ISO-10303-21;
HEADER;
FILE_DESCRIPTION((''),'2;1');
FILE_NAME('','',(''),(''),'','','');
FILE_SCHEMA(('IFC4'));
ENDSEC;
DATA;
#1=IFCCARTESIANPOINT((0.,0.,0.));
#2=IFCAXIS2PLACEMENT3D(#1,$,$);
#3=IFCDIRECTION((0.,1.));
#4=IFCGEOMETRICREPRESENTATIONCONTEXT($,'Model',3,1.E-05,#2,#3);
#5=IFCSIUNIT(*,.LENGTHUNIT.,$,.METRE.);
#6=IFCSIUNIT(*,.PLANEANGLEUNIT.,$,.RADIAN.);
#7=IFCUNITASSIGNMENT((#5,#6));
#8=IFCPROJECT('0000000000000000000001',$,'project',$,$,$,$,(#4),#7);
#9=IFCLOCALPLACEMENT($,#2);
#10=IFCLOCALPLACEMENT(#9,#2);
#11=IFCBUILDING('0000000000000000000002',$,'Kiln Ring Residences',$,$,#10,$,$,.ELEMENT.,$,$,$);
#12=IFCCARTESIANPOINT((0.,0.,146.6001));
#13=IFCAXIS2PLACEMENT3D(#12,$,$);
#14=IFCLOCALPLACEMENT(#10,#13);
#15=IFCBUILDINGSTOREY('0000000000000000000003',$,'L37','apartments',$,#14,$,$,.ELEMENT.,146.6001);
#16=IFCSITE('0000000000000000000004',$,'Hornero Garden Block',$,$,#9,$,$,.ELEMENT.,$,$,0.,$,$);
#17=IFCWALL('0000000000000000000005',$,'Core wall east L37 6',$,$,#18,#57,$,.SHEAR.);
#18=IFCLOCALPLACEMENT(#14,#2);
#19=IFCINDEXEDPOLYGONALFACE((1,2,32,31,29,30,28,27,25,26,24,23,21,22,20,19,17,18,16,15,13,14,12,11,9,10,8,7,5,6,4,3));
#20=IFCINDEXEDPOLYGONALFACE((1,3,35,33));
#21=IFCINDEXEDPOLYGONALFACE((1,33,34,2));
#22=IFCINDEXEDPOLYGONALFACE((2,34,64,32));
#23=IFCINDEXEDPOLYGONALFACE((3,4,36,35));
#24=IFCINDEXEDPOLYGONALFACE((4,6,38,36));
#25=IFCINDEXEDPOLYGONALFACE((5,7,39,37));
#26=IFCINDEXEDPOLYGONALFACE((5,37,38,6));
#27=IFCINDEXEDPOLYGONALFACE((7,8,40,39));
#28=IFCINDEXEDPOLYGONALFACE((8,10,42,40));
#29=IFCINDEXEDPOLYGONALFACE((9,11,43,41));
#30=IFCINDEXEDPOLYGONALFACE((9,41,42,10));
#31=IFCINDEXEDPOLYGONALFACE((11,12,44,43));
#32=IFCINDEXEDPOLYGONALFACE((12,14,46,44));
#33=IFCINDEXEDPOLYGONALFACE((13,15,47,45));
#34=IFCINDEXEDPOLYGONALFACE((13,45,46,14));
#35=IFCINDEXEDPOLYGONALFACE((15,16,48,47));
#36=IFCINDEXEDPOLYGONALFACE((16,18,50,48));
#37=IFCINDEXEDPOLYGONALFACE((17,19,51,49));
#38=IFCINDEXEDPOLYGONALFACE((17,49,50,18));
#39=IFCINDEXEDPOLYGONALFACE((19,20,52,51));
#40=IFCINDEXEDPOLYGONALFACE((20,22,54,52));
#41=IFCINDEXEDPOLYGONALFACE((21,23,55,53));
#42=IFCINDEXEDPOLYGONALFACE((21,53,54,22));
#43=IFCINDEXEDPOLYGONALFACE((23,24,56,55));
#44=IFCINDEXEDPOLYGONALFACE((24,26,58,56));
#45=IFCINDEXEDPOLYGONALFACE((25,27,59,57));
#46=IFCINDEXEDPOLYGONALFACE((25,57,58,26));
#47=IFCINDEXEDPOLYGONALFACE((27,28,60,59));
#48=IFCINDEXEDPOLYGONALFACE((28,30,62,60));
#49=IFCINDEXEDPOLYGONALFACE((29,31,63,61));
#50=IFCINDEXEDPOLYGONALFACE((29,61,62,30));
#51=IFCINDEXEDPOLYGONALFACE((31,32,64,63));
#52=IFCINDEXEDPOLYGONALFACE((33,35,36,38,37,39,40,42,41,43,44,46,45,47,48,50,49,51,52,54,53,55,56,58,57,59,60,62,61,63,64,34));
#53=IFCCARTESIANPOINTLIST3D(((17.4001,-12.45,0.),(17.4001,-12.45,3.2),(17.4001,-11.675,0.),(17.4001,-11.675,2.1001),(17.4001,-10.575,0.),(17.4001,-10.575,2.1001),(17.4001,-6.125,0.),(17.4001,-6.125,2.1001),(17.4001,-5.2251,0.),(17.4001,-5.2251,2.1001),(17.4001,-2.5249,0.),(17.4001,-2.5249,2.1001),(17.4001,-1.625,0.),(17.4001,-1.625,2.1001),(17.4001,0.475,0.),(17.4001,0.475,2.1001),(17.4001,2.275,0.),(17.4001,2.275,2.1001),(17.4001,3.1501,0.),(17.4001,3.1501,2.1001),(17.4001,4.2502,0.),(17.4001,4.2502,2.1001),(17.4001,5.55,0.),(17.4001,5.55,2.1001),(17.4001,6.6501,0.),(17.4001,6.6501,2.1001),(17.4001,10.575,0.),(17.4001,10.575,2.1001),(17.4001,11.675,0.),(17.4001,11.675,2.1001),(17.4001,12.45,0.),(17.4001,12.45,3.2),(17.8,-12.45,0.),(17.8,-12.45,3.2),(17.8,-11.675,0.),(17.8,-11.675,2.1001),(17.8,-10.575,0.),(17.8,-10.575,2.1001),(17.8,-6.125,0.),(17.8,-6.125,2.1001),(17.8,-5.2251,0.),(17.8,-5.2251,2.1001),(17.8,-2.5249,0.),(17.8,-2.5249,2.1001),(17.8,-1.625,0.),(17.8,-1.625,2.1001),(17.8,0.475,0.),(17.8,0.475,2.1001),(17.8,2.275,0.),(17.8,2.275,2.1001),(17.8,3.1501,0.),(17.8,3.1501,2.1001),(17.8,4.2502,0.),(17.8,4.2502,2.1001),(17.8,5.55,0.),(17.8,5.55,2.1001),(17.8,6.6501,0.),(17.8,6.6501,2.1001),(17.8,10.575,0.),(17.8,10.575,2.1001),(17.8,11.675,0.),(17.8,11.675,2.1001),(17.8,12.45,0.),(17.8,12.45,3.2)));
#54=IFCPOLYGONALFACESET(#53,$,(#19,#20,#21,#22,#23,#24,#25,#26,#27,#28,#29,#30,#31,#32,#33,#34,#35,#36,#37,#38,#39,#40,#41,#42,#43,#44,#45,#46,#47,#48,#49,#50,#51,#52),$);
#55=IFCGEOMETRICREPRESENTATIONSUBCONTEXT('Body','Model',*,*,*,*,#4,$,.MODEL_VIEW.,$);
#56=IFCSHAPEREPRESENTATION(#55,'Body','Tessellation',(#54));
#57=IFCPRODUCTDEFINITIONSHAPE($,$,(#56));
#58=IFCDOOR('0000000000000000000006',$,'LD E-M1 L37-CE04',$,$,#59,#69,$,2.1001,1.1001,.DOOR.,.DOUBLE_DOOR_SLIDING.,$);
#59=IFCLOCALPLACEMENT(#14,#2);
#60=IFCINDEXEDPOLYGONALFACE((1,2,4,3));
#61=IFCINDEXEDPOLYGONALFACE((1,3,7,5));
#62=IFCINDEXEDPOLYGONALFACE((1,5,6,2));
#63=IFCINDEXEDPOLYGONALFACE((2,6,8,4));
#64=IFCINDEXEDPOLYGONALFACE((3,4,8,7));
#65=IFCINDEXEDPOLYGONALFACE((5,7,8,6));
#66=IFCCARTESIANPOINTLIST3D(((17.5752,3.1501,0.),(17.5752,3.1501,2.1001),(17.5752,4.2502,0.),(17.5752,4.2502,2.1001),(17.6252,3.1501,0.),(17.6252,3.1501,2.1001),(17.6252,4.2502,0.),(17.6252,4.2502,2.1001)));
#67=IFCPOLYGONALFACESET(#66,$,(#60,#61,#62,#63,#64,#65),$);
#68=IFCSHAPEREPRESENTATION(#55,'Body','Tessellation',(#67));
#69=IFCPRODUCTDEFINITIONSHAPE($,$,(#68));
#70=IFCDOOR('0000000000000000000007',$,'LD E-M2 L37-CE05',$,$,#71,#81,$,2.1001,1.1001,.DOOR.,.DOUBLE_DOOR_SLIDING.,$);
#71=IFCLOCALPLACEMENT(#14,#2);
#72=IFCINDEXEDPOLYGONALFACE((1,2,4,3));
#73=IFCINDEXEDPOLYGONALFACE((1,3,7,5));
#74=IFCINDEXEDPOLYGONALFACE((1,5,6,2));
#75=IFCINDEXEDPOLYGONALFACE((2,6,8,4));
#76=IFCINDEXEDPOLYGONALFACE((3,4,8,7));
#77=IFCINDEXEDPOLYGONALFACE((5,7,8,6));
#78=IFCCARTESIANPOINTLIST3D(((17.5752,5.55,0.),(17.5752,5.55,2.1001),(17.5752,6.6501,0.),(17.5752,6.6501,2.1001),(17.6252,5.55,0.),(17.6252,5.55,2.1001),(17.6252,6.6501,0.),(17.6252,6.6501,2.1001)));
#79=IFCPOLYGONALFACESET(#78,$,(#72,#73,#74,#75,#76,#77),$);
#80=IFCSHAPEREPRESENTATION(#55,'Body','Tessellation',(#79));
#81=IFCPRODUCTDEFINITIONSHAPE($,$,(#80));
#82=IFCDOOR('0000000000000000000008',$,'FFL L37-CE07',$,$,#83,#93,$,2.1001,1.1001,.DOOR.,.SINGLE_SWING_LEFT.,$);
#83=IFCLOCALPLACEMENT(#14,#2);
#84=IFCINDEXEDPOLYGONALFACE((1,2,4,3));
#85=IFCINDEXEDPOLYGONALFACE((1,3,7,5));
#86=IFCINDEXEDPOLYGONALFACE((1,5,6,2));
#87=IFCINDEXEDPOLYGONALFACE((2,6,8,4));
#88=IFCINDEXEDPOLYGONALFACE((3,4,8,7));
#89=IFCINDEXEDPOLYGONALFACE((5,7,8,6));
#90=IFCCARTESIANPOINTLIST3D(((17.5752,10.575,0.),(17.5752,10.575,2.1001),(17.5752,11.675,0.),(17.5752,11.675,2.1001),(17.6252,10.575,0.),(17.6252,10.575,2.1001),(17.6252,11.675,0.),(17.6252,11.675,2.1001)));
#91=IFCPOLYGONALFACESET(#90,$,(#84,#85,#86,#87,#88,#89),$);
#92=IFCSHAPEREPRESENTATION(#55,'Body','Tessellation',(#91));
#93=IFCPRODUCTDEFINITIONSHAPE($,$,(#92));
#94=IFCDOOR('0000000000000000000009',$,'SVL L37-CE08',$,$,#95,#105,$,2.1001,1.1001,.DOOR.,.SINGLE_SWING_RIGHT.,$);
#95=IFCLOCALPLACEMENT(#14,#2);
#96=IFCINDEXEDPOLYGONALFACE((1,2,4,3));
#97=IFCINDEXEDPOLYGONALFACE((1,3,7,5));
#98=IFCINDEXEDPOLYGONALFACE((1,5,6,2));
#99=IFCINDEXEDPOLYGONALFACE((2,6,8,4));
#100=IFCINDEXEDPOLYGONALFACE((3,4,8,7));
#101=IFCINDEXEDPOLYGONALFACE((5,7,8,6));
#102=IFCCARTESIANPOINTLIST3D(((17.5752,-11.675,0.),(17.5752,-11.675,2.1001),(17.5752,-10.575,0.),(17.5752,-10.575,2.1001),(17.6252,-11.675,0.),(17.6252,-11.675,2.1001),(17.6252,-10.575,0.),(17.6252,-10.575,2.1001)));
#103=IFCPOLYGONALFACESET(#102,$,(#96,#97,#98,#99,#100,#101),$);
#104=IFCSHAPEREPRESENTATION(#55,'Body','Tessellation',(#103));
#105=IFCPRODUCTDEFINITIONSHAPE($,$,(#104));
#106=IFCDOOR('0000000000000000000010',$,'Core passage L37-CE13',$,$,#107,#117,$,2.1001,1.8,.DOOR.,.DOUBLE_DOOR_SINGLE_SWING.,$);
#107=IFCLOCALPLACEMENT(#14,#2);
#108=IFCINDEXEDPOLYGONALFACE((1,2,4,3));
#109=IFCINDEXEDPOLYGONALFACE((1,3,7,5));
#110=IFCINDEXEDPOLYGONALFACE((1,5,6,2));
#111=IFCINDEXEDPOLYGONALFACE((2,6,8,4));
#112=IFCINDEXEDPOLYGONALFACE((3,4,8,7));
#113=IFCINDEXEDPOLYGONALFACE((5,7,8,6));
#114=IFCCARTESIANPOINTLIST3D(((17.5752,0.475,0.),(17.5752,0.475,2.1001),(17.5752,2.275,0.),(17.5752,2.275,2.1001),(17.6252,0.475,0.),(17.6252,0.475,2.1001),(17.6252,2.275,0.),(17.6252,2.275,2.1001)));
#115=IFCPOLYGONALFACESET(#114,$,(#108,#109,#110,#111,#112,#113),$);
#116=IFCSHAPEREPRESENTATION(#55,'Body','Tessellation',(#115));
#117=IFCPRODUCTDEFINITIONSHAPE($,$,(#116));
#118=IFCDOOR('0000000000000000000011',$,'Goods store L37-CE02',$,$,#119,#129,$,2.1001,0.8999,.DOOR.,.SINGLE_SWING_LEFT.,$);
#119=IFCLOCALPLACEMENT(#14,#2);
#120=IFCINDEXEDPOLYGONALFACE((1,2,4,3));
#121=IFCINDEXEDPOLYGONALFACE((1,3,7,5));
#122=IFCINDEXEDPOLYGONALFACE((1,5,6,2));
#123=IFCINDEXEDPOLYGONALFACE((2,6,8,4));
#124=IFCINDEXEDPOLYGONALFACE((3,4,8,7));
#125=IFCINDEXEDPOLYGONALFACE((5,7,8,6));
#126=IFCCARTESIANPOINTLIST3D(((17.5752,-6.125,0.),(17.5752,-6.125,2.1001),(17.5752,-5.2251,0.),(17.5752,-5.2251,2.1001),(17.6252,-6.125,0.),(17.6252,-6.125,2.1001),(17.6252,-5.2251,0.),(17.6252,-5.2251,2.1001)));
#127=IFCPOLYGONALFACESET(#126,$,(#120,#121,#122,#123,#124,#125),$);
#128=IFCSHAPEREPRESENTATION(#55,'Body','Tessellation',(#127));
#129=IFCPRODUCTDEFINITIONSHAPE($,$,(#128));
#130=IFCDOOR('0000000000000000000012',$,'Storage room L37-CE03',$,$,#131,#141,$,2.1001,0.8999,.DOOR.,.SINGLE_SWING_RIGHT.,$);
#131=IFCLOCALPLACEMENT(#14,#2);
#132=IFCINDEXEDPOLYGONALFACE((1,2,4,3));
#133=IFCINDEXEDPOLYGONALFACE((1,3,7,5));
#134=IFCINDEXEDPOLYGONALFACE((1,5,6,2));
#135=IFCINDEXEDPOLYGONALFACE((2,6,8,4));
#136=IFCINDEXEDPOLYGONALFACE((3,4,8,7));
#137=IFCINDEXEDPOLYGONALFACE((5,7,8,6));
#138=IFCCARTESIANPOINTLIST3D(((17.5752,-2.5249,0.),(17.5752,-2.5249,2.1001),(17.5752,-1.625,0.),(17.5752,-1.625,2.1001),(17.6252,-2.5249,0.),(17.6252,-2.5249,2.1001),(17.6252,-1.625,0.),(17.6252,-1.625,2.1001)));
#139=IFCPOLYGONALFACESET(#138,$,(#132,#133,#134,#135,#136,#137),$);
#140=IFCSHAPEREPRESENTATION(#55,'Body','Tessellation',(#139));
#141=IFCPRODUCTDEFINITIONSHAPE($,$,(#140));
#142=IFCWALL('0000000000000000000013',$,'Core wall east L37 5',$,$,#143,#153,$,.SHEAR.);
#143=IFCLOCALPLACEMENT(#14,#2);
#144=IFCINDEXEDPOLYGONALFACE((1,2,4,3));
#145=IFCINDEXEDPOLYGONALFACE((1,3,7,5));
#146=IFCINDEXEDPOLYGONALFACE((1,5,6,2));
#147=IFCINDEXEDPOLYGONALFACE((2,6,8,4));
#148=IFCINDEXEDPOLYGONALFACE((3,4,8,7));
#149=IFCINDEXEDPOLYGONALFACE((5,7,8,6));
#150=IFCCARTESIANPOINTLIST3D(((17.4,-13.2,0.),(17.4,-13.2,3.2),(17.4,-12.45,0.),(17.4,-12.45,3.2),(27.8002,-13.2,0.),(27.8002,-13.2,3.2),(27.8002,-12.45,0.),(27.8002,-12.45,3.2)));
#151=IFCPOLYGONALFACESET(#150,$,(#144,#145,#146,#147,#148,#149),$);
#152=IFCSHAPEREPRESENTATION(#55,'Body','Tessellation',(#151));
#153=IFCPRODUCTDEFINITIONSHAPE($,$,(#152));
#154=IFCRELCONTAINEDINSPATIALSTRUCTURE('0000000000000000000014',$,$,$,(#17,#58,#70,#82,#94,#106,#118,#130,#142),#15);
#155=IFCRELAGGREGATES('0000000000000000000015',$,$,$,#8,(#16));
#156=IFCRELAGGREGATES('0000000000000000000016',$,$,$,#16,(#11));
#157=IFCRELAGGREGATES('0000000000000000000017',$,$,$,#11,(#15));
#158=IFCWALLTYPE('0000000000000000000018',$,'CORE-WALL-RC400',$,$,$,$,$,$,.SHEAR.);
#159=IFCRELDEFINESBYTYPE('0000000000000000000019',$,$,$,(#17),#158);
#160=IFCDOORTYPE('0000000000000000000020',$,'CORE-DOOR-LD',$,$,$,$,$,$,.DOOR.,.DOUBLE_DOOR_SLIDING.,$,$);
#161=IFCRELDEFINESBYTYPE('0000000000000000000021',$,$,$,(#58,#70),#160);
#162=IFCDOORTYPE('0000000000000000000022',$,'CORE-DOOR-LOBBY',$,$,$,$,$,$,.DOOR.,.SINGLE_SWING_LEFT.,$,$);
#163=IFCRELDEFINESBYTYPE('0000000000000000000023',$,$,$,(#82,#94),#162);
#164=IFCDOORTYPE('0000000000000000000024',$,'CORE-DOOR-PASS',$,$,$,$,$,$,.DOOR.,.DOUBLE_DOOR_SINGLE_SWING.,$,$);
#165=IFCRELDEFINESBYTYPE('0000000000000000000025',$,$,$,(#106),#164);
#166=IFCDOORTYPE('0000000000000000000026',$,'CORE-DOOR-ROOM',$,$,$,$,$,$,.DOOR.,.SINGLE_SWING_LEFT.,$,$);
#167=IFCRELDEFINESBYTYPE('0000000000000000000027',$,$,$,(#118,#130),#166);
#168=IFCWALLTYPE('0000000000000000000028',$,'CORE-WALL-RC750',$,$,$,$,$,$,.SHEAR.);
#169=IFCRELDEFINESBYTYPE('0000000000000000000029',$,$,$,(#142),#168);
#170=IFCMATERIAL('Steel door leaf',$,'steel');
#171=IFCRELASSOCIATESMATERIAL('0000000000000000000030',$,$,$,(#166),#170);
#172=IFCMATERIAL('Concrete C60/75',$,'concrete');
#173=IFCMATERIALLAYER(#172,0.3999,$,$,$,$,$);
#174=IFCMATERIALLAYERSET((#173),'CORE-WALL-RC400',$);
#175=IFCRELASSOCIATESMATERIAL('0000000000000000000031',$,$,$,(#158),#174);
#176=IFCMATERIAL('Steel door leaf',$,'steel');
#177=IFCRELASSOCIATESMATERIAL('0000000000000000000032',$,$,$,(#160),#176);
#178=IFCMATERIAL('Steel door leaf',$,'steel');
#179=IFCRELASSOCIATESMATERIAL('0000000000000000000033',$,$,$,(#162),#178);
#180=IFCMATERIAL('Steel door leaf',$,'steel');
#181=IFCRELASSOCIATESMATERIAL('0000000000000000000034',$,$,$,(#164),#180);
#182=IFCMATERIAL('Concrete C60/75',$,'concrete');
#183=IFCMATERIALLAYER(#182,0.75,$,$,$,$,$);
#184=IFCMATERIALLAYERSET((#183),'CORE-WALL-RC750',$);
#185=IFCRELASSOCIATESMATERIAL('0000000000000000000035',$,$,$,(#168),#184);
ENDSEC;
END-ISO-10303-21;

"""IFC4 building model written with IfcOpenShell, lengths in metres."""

from ifc_helpers import new_model, si_unit, direction, frame, frame_2d, origin, place, context, subcontext, project, spatial, rectangle, extrude, material, layer, layer_set, type_object, element, fill, save


model = new_model("IFC4")

# Units and contexts
model_context = context("Model", 3, precision=1e-05, world=origin(), true_north=direction((0.0, 1.0)))
body_context = subcontext(model_context, "Body", "Model", "MODEL_VIEW")
ifc_project = project(units=[si_unit("LENGTHUNIT", "METRE"), si_unit("PLANEANGLEUNIT", "RADIAN")], contexts=[model_context])

# Site, building, storey
site_placement = place(None, origin())
site = spatial("IfcSite", under=ifc_project, at=site_placement, Name="Hornero Garden Block", CompositionType="ELEMENT", RefElevation=0.0)
building_placement = place(site_placement, origin())
building = spatial("IfcBuilding", under=site, at=building_placement, Name="Kiln Ring Residences", CompositionType="ELEMENT")
storey_placement = place(building_placement, frame((0.0, 0.0, 146.6001)))
storey = spatial("IfcBuildingStorey", under=building, at=storey_placement, Name="L37", Description="apartments", CompositionType="ELEMENT", Elevation=146.6001)

# Shared definitions
ifc_material_1 = material(Name="Steel door leaf", Category="steel")
door_type_1 = type_object("IfcDoorType", Name="CORE-DOOR-ROOM", OperationType="SINGLE_SWING_LEFT", PredefinedType="DOOR", material=ifc_material_1)

# Wall, openings, doors
ifc_material_2 = material(Name="Concrete C60/75", Category="concrete")
ifc_layer_1 = layer(ifc_material_2, 0.3999)
ifc_layer_set_1 = layer_set([ifc_layer_1], Name="CORE-WALL-RC400")
wall_type_1 = type_object("IfcWallType", Name="CORE-WALL-RC400", PredefinedType="SHEAR", material=ifc_layer_set_1)
wall_1_placement = place(storey_placement, frame((17.6001, -12.45, 0.0), z_axis=(0.0, 0.0, 1.0), x_axis=(0.0, 1.0, 0.0)))
wall_1 = element("IfcWall", 1, at=wall_1_placement, inside=storey, type_object=wall_type_1, Name="Core wall east L37 6", PredefinedType="SHEAR", context=body_context, shape_type="SweptSolid", body=[
    extrude(rectangle(XDim=24.8999, YDim=0.3999, at=frame_2d((12.45, 0.0))), origin(), (0.0, 0.0, 1.0), 3.2),
])
opening_1_placement = place(wall_1_placement, frame((6.325, 0.0, 0.0)))
opening_1 = element("IfcOpeningElement", 2, at=opening_1_placement, cuts=wall_1, PredefinedType="OPENING", context=body_context, shape_type="SweptSolid", body=[
    extrude(rectangle(XDim=0.8999, YDim=2.1001, at=frame_2d((0.45, 1.05))), frame((0.0, 0.21, 0.0), z_axis=(0.0, -1.0, 0.0), x_axis=(1.0, 0.0, 0.0)), (0.0, 0.0, 1.0), 0.4199),
])
opening_2_placement = place(wall_1_placement, frame((9.925, 0.0, 0.0)))
opening_2 = element("IfcOpeningElement", 3, at=opening_2_placement, cuts=wall_1, PredefinedType="OPENING", context=body_context, shape_type="SweptSolid", body=[
    extrude(rectangle(XDim=0.8999, YDim=2.1001, at=frame_2d((0.45, 1.05))), frame((0.0, 0.21, 0.0), z_axis=(0.0, -1.0, 0.0), x_axis=(1.0, 0.0, 0.0)), (0.0, 0.0, 1.0), 0.4199),
])
opening_3_placement = place(wall_1_placement, frame((15.6001, 0.0, 0.0)))
opening_3 = element("IfcOpeningElement", 4, at=opening_3_placement, cuts=wall_1, PredefinedType="OPENING", context=body_context, shape_type="SweptSolid", body=[
    extrude(rectangle(XDim=1.1001, YDim=2.1001, at=frame_2d((0.55, 1.05))), frame((0.0, 0.21, 0.0), z_axis=(0.0, -1.0, 0.0), x_axis=(1.0, 0.0, 0.0)), (0.0, 0.0, 1.0), 0.4199),
])
opening_4_placement = place(wall_1_placement, frame((18.0, 0.0, 0.0)))
opening_4 = element("IfcOpeningElement", 5, at=opening_4_placement, cuts=wall_1, PredefinedType="OPENING", context=body_context, shape_type="SweptSolid", body=[
    extrude(rectangle(XDim=1.1001, YDim=2.1001, at=frame_2d((0.55, 1.05))), frame((0.0, 0.21, 0.0), z_axis=(0.0, -1.0, 0.0), x_axis=(1.0, 0.0, 0.0)), (0.0, 0.0, 1.0), 0.4199),
])
opening_5_placement = place(wall_1_placement, frame((23.0249, 0.0, 0.0)))
opening_5 = element("IfcOpeningElement", 6, at=opening_5_placement, cuts=wall_1, PredefinedType="OPENING", context=body_context, shape_type="SweptSolid", body=[
    extrude(rectangle(XDim=1.1001, YDim=2.1001, at=frame_2d((0.55, 1.05))), frame((0.0, 0.21, 0.0), z_axis=(0.0, -1.0, 0.0), x_axis=(1.0, 0.0, 0.0)), (0.0, 0.0, 1.0), 0.4199),
])
opening_6_placement = place(wall_1_placement, frame((0.7749, 0.0, 0.0)))
opening_6 = element("IfcOpeningElement", 7, at=opening_6_placement, cuts=wall_1, PredefinedType="OPENING", context=body_context, shape_type="SweptSolid", body=[
    extrude(rectangle(XDim=1.1001, YDim=2.1001, at=frame_2d((0.55, 1.05))), frame((0.0, 0.21, 0.0), z_axis=(0.0, -1.0, 0.0), x_axis=(1.0, 0.0, 0.0)), (0.0, 0.0, 1.0), 0.4199),
])
opening_7_placement = place(wall_1_placement, frame((12.925, 0.0, 0.0)))
opening_7 = element("IfcOpeningElement", 8, at=opening_7_placement, cuts=wall_1, PredefinedType="OPENING", context=body_context, shape_type="SweptSolid", body=[
    extrude(rectangle(XDim=1.8, YDim=2.1001, at=frame_2d((0.8999, 1.05))), frame((0.0, 0.21, 0.0), z_axis=(0.0, -1.0, 0.0), x_axis=(1.0, 0.0, 0.0)), (0.0, 0.0, 1.0), 0.4199),
])
ifc_material_3 = material(Name="Steel door leaf", Category="steel")
door_type_2 = type_object("IfcDoorType", Name="CORE-DOOR-LD", OperationType="DOUBLE_DOOR_SLIDING", PredefinedType="DOOR", material=ifc_material_3)
door_1_placement = place(opening_3_placement, origin())
door_1 = element("IfcDoor", 9, at=door_1_placement, inside=storey, type_object=door_type_2, Name="LD E-M1 L37-CE04", OperationType="DOUBLE_DOOR_SLIDING", OverallHeight=2.1001, OverallWidth=1.1001, PredefinedType="DOOR", context=body_context, shape_type="SweptSolid", body=[
    extrude(rectangle(XDim=1.1001, YDim=2.1001, at=frame_2d((0.55, 1.05))), frame((0.0, 0.0249, 0.0), z_axis=(0.0, -1.0, 0.0), x_axis=(1.0, 0.0, 0.0)), (0.0, 0.0, 1.0), 0.05),
])
fill(opening_3, door_1)
door_2_placement = place(opening_4_placement, origin())
door_2 = element("IfcDoor", 10, at=door_2_placement, inside=storey, type_object=door_type_2, Name="LD E-M2 L37-CE05", OperationType="DOUBLE_DOOR_SLIDING", OverallHeight=2.1001, OverallWidth=1.1001, PredefinedType="DOOR", context=body_context, shape_type="SweptSolid", body=[
    extrude(rectangle(XDim=1.1001, YDim=2.1001, at=frame_2d((0.55, 1.05))), frame((0.0, 0.0249, 0.0), z_axis=(0.0, -1.0, 0.0), x_axis=(1.0, 0.0, 0.0)), (0.0, 0.0, 1.0), 0.05),
])
fill(opening_4, door_2)
ifc_material_4 = material(Name="Steel door leaf", Category="steel")
door_type_3 = type_object("IfcDoorType", Name="CORE-DOOR-LOBBY", OperationType="SINGLE_SWING_LEFT", PredefinedType="DOOR", material=ifc_material_4)
door_3_placement = place(opening_5_placement, origin())
door_3 = element("IfcDoor", 11, at=door_3_placement, inside=storey, type_object=door_type_3, Name="FFL L37-CE07", OperationType="SINGLE_SWING_LEFT", OverallHeight=2.1001, OverallWidth=1.1001, PredefinedType="DOOR", context=body_context, shape_type="SweptSolid", body=[
    extrude(rectangle(XDim=1.1001, YDim=2.1001, at=frame_2d((0.55, 1.05))), frame((0.0, 0.0249, 0.0), z_axis=(0.0, -1.0, 0.0), x_axis=(1.0, 0.0, 0.0)), (0.0, 0.0, 1.0), 0.05),
])
fill(opening_5, door_3)
door_4_placement = place(opening_6_placement, origin())
door_4 = element("IfcDoor", 12, at=door_4_placement, inside=storey, type_object=door_type_3, Name="SVL L37-CE08", OperationType="SINGLE_SWING_RIGHT", OverallHeight=2.1001, OverallWidth=1.1001, PredefinedType="DOOR", context=body_context, shape_type="SweptSolid", body=[
    extrude(rectangle(XDim=1.1001, YDim=2.1001, at=frame_2d((0.55, 1.05))), frame((0.0, 0.0249, 0.0), z_axis=(0.0, -1.0, 0.0), x_axis=(1.0, 0.0, 0.0)), (0.0, 0.0, 1.0), 0.05),
])
fill(opening_6, door_4)
ifc_material_5 = material(Name="Steel door leaf", Category="steel")
door_type_4 = type_object("IfcDoorType", Name="CORE-DOOR-PASS", OperationType="DOUBLE_DOOR_SINGLE_SWING", PredefinedType="DOOR", material=ifc_material_5)
door_5_placement = place(opening_7_placement, origin())
door_5 = element("IfcDoor", 13, at=door_5_placement, inside=storey, type_object=door_type_4, Name="Core passage L37-CE13", OperationType="DOUBLE_DOOR_SINGLE_SWING", OverallHeight=2.1001, OverallWidth=1.8, PredefinedType="DOOR", context=body_context, shape_type="SweptSolid", body=[
    extrude(rectangle(XDim=1.8, YDim=2.1001, at=frame_2d((0.8999, 1.05))), frame((0.0, 0.0249, 0.0), z_axis=(0.0, -1.0, 0.0), x_axis=(1.0, 0.0, 0.0)), (0.0, 0.0, 1.0), 0.05),
])
fill(opening_7, door_5)
door_6_placement = place(opening_1_placement, origin())
door_6 = element("IfcDoor", 14, at=door_6_placement, inside=storey, type_object=door_type_1, Name="Goods store L37-CE02", OperationType="SINGLE_SWING_LEFT", OverallHeight=2.1001, OverallWidth=0.8999, PredefinedType="DOOR", context=body_context, shape_type="SweptSolid", body=[
    extrude(rectangle(XDim=0.8999, YDim=2.1001, at=frame_2d((0.45, 1.05))), frame((0.0, 0.0249, 0.0), z_axis=(0.0, -1.0, 0.0), x_axis=(1.0, 0.0, 0.0)), (0.0, 0.0, 1.0), 0.05),
])
fill(opening_1, door_6)
door_7_placement = place(opening_2_placement, origin())
door_7 = element("IfcDoor", 15, at=door_7_placement, inside=storey, type_object=door_type_1, Name="Storage room L37-CE03", OperationType="SINGLE_SWING_RIGHT", OverallHeight=2.1001, OverallWidth=0.8999, PredefinedType="DOOR", context=body_context, shape_type="SweptSolid", body=[
    extrude(rectangle(XDim=0.8999, YDim=2.1001, at=frame_2d((0.45, 1.05))), frame((0.0, 0.0249, 0.0), z_axis=(0.0, -1.0, 0.0), x_axis=(1.0, 0.0, 0.0)), (0.0, 0.0, 1.0), 0.05),
])
fill(opening_2, door_7)

# Wall
ifc_material_6 = material(Name="Concrete C60/75", Category="concrete")
ifc_layer_2 = layer(ifc_material_6, 0.75)
ifc_layer_set_2 = layer_set([ifc_layer_2], Name="CORE-WALL-RC750")
wall_type_2 = type_object("IfcWallType", Name="CORE-WALL-RC750", PredefinedType="SHEAR", material=ifc_layer_set_2)
wall_2_placement = place(storey_placement, frame((17.3999, -12.825, 0.0), z_axis=(0.0, 0.0, 1.0), x_axis=(1.0, 0.0, 0.0)))
element("IfcWall", 16, at=wall_2_placement, inside=storey, type_object=wall_type_2, Name="Core wall east L37 5", PredefinedType="SHEAR", context=body_context, shape_type="SweptSolid", body=[
    extrude(rectangle(XDim=10.4001, YDim=0.75, at=frame_2d((5.2002, 0.0))), origin(), (0.0, 0.0, 1.0), 3.2),
])

save(model, "model.ifc")
